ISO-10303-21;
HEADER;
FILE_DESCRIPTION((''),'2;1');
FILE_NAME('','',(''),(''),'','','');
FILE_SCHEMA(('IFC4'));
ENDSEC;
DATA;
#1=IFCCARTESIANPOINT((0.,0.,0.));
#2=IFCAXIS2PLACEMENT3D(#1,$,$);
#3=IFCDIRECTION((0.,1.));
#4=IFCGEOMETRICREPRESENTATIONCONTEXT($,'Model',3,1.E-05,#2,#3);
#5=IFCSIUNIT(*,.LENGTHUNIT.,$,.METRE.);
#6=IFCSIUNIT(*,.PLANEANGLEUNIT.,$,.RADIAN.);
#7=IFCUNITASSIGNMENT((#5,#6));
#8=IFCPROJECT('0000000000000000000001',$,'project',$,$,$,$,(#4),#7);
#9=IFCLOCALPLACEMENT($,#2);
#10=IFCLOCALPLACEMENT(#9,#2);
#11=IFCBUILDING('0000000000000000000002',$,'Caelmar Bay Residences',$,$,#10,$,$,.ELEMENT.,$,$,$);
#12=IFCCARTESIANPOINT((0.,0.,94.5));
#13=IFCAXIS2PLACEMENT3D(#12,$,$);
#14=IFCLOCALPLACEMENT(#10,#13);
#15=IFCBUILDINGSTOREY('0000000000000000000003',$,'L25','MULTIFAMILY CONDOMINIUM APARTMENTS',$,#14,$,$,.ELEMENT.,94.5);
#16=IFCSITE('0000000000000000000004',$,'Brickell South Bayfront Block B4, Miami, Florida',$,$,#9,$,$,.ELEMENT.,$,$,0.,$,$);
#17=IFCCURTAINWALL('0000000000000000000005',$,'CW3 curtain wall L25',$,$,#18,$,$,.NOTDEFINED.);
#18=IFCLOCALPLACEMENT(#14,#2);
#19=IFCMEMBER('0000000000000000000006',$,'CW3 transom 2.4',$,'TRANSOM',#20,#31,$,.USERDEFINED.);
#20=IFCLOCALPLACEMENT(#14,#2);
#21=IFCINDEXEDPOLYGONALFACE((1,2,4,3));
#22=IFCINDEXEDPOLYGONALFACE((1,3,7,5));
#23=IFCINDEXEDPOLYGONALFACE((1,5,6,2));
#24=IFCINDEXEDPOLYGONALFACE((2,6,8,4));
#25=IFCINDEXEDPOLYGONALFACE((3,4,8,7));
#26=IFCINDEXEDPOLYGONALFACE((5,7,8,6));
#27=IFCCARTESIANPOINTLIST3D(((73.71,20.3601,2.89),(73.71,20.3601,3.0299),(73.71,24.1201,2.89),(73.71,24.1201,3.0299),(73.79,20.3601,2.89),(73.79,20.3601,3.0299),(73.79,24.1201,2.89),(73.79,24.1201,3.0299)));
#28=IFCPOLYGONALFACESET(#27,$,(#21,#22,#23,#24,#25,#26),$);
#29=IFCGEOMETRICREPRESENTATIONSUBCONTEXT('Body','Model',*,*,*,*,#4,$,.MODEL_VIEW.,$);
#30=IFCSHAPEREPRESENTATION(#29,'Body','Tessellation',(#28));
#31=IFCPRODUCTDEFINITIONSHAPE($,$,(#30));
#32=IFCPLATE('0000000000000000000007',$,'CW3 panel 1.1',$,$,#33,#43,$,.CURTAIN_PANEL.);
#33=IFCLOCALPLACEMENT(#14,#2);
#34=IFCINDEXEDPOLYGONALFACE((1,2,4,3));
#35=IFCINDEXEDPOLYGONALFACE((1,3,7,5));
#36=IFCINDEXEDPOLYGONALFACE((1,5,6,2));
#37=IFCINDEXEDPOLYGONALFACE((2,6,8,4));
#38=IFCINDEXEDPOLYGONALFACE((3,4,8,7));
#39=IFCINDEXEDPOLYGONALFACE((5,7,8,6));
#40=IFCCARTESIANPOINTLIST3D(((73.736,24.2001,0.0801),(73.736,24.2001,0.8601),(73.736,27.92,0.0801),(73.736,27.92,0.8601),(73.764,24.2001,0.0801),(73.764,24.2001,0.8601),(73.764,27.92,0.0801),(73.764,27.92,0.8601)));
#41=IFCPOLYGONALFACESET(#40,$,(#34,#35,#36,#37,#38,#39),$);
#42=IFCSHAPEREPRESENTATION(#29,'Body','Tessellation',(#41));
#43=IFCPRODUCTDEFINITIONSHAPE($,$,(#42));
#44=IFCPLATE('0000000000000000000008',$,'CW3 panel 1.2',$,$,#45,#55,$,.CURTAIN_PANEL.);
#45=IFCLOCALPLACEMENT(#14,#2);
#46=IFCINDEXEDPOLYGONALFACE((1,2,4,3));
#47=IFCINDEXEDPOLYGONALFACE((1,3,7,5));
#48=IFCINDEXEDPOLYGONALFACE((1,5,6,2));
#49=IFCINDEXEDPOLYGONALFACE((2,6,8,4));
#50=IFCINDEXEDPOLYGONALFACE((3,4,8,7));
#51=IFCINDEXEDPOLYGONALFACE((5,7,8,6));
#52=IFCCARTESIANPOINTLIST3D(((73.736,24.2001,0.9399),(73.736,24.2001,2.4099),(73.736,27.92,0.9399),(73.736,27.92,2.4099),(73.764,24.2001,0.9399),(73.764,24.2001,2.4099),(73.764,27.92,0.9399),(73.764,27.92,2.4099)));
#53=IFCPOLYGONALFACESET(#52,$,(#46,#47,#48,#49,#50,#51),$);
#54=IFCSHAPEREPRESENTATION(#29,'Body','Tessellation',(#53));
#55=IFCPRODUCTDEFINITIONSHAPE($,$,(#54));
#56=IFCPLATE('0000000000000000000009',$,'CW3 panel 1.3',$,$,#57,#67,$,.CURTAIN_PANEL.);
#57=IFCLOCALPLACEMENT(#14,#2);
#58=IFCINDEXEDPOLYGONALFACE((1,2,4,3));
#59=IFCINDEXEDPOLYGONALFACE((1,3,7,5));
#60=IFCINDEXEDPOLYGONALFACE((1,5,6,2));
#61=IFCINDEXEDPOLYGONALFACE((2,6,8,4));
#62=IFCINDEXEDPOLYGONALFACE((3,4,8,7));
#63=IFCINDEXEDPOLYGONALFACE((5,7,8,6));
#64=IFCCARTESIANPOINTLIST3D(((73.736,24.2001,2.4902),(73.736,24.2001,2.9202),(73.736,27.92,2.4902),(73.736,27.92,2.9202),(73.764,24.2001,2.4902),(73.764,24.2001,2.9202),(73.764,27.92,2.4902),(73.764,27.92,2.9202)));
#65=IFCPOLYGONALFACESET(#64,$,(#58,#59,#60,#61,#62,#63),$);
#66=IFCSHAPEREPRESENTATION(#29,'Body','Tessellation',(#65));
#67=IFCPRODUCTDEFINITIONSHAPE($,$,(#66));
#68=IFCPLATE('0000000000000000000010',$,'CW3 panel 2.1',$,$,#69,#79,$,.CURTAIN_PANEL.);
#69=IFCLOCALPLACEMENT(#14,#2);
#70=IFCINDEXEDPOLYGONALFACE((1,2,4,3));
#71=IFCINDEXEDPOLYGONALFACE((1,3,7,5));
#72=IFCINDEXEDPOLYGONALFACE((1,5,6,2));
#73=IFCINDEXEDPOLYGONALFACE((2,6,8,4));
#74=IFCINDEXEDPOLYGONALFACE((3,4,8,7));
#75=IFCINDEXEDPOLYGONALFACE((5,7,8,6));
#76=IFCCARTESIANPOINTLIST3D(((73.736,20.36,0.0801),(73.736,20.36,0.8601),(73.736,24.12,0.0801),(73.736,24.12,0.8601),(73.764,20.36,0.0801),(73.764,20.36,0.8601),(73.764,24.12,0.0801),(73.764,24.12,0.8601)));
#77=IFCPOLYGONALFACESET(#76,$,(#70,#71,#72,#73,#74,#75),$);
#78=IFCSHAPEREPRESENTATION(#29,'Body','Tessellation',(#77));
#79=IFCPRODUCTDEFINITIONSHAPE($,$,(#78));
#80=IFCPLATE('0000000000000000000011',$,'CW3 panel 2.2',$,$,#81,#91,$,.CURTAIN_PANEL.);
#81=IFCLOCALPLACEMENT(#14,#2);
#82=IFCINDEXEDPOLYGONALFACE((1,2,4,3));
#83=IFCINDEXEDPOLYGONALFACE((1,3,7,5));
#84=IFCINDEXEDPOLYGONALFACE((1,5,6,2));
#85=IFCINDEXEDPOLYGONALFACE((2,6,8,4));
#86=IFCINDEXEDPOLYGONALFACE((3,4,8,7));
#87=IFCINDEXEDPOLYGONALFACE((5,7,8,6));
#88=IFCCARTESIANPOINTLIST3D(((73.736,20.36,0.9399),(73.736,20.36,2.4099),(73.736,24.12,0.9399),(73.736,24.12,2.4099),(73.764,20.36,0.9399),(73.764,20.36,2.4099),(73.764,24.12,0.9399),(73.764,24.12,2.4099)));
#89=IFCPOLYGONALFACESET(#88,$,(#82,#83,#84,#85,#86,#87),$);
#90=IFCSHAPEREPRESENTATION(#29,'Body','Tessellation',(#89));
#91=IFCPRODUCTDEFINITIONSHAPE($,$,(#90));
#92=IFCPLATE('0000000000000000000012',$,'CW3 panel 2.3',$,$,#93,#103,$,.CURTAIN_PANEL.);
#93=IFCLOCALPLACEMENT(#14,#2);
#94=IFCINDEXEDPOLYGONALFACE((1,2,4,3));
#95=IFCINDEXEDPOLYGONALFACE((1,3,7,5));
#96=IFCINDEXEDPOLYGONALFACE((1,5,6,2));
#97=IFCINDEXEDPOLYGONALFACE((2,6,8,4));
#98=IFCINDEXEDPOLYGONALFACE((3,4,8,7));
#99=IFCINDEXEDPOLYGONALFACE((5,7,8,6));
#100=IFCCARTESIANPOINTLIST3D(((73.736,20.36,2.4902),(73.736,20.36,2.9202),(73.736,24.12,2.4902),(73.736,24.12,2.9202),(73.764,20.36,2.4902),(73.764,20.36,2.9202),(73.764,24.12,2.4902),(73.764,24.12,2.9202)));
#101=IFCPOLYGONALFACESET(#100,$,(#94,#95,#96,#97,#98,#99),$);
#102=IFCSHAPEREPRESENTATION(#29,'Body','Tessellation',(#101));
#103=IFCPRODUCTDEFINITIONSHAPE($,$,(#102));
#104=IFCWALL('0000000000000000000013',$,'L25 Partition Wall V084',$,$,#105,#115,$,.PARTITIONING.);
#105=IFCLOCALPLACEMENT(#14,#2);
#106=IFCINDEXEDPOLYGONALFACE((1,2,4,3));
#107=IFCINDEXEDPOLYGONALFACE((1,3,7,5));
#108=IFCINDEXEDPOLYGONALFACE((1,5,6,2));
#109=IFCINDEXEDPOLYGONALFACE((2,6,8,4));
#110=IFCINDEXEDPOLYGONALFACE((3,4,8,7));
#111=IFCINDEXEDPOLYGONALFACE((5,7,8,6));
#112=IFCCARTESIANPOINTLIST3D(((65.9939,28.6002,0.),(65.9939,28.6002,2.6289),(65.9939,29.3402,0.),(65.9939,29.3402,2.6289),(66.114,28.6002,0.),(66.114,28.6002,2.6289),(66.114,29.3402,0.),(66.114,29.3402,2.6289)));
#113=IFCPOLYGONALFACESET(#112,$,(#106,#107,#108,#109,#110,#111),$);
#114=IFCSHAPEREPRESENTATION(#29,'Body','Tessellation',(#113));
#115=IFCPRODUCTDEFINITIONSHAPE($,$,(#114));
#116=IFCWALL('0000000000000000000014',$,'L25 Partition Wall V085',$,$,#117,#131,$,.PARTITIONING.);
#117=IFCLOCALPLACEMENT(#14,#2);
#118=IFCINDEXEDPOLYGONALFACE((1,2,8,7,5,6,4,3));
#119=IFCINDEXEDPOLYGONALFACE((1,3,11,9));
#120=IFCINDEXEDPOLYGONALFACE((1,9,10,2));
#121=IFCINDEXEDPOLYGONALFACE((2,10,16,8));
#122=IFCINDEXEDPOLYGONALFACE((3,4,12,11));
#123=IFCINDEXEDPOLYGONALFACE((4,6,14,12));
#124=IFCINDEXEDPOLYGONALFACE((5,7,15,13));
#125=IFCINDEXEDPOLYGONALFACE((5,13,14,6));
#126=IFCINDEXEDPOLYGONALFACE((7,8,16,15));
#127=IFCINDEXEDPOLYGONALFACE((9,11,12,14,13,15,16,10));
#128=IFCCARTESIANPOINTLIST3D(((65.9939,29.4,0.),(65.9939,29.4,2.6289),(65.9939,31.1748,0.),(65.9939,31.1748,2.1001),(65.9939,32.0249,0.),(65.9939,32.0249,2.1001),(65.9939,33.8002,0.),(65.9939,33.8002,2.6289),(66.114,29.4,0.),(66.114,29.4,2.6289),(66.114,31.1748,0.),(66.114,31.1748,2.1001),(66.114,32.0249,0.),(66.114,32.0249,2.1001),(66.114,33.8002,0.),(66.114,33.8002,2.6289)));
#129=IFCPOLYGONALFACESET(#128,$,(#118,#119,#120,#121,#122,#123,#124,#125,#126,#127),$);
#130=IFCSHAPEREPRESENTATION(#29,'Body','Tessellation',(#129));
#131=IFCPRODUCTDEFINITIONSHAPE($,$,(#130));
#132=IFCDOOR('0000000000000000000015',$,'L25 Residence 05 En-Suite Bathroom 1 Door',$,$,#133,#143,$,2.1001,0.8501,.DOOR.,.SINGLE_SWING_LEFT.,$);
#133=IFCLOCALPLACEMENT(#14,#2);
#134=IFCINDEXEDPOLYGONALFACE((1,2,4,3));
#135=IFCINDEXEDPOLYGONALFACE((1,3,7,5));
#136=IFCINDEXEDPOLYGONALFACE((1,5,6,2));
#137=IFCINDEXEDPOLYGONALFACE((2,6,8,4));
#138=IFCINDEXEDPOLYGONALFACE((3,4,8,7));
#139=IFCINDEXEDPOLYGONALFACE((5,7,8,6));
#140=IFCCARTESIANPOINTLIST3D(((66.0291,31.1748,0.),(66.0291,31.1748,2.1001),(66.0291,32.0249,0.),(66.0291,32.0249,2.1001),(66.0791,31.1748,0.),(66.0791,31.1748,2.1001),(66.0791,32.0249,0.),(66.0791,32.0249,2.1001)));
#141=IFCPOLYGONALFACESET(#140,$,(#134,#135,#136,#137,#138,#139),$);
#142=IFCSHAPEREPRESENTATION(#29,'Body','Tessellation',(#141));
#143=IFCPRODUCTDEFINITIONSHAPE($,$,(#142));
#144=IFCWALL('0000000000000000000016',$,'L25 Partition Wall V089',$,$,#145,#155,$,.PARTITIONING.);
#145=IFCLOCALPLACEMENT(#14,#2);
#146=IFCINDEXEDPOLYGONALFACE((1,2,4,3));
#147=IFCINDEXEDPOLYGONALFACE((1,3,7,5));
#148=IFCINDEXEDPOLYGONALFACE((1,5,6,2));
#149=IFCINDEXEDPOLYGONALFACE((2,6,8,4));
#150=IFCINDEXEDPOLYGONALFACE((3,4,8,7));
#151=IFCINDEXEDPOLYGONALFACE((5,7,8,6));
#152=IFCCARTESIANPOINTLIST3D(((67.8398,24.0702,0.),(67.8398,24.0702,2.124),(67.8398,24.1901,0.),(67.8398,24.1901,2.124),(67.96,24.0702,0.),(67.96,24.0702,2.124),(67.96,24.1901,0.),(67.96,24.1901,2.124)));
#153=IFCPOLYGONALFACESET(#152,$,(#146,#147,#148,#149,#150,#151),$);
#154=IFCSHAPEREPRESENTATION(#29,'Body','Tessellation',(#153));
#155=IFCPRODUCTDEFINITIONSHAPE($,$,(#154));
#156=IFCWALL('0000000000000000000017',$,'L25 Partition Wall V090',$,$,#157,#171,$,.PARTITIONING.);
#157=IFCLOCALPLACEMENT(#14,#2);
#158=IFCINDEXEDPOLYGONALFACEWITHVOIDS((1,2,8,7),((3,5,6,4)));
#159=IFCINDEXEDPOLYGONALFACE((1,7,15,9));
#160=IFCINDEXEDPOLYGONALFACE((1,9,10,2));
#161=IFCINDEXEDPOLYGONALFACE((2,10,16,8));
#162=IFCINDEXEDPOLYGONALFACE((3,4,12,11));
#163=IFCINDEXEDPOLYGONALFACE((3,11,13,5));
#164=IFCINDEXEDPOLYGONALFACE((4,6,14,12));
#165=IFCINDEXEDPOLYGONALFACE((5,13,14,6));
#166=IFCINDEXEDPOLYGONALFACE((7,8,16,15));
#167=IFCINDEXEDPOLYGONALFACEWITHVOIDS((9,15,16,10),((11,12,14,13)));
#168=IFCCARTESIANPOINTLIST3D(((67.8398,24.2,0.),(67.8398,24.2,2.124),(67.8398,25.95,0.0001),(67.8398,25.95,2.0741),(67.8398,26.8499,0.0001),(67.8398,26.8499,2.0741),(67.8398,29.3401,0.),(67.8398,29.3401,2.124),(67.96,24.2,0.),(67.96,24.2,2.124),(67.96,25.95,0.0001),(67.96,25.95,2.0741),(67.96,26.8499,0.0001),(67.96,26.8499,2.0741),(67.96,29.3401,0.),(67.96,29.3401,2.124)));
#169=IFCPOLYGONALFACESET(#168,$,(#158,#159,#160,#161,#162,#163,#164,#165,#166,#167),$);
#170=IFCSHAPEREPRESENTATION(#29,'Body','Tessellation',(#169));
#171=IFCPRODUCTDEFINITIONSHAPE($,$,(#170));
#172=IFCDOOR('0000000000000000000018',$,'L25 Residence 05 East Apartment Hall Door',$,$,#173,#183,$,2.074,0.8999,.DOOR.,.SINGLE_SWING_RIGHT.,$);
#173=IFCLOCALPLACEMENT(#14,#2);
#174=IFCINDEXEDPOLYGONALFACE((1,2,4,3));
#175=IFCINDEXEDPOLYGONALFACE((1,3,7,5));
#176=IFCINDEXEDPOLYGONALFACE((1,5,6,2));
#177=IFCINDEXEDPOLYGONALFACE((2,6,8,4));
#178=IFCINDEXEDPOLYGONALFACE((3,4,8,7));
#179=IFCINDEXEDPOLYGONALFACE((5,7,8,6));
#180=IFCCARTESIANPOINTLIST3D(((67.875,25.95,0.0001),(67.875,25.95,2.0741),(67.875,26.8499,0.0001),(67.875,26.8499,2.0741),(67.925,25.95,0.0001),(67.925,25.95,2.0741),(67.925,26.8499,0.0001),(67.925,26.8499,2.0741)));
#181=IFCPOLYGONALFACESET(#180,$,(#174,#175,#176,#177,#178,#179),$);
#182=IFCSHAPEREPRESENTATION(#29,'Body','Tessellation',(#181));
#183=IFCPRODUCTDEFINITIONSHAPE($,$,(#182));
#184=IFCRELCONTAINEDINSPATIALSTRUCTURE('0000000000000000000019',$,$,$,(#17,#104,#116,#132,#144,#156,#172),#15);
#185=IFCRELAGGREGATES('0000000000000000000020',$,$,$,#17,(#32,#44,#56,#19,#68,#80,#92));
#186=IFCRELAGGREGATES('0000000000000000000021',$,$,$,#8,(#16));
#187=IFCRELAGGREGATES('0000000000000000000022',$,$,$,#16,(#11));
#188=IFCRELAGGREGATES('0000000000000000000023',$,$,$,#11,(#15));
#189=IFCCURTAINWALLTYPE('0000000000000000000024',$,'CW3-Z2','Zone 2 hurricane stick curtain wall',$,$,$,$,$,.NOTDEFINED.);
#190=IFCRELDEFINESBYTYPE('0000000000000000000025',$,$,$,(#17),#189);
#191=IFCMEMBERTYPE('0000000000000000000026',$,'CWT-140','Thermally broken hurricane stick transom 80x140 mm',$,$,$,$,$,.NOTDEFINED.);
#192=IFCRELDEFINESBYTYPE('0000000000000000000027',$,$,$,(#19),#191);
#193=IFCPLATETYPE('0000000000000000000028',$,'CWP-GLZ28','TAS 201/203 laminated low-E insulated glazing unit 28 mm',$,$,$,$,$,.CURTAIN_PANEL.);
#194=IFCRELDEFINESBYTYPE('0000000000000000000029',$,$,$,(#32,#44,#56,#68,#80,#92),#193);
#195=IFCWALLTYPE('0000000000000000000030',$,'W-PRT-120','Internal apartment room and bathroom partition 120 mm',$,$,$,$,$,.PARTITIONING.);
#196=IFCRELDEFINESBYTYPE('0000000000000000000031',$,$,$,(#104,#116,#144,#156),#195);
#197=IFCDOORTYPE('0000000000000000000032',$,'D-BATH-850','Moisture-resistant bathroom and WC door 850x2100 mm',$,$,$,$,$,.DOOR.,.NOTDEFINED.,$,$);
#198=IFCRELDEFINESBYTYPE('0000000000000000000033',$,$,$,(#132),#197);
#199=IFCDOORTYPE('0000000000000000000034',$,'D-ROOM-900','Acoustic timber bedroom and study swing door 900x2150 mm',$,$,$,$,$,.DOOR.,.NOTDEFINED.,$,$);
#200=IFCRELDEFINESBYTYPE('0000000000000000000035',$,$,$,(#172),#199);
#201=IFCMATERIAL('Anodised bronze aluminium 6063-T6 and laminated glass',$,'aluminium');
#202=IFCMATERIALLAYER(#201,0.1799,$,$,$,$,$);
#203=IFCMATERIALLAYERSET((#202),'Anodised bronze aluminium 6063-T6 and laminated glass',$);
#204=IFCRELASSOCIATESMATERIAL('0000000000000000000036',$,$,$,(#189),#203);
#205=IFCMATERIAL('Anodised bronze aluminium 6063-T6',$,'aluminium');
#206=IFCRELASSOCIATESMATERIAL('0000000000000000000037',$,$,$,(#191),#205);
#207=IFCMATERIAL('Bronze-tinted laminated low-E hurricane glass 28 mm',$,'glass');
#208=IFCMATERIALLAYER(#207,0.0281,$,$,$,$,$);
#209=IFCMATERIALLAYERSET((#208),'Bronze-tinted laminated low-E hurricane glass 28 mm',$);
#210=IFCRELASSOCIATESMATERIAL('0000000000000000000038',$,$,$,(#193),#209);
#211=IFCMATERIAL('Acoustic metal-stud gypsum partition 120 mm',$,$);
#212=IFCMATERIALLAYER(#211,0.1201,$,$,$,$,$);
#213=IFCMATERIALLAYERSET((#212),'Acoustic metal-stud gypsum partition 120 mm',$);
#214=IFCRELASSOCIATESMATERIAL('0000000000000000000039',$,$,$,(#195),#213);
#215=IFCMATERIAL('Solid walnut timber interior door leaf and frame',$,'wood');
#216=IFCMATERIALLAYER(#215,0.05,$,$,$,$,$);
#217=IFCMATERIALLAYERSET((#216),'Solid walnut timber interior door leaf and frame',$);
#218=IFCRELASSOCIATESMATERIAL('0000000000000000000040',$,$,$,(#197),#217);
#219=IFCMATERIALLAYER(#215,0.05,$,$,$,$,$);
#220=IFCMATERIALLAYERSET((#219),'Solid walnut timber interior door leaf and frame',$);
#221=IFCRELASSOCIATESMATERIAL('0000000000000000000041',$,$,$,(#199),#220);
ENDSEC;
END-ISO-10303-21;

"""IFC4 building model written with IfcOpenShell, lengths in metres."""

from ifc_helpers import new_model, si_unit, direction, frame, frame_2d, origin, origin_2d, place, context, subcontext, project, spatial, rectangle, extrude, material, layer, layer_set, material_profile, profile_set, type_object, element, fill, aggregate, save


model = new_model("IFC4")

# Units and contexts
model_context = context("Model", 3, precision=1e-05, world=origin(), true_north=direction((0.0, 1.0)))
body_context = subcontext(model_context, "Body", "Model", "MODEL_VIEW")
ifc_project = project(units=[si_unit("LENGTHUNIT", "METRE"), si_unit("PLANEANGLEUNIT", "RADIAN")], contexts=[model_context])

# Site, building, storey
site_placement = place(None, origin())
site = spatial("IfcSite", under=ifc_project, at=site_placement, Name="Brickell South Bayfront Block B4, Miami, Florida", CompositionType="ELEMENT", RefElevation=0.0)
building_placement = place(site_placement, origin())
building = spatial("IfcBuilding", under=site, at=building_placement, Name="Caelmar Bay Residences", CompositionType="ELEMENT")
storey_placement = place(building_placement, frame((0.0, 0.0, 94.5)))
storey = spatial("IfcBuildingStorey", under=building, at=storey_placement, Name="L25", Description="MULTIFAMILY CONDOMINIUM APARTMENTS", CompositionType="ELEMENT", Elevation=94.5)

# Curtain wall, member, plates
ifc_material_1 = material(Name="Anodised bronze aluminium 6063-T6 and laminated glass", Category="aluminium")
ifc_layer_1 = layer(ifc_material_1, 0.1799)
ifc_layer_set_1 = layer_set([ifc_layer_1], Name="Anodised bronze aluminium 6063-T6 and laminated glass")
curtain_wall_type = type_object("IfcCurtainWallType", Name="CW3-Z2", Description="Zone 2 hurricane stick curtain wall", PredefinedType="NOTDEFINED", material=ifc_layer_set_1)
curtain_wall_placement = place(storey_placement, origin())
curtain_wall = element("IfcCurtainWall", 1, at=curtain_wall_placement, inside=storey, type_object=curtain_wall_type, Name="CW3 curtain wall L25", PredefinedType="NOTDEFINED")
ifc_material_2 = material(Name="Anodised bronze aluminium 6063-T6", Category="aluminium")
ifc_material_profile_1 = material_profile(ifc_material_2, rectangle(XDim=0.0801, YDim=0.1399, at=origin_2d()), Name="CWT-80X140")
ifc_profile_set_1 = profile_set([ifc_material_profile_1], Name="Anodised bronze aluminium 6063-T6")
member_type_1 = type_object("IfcMemberType", Name="CWT-140", Description="Thermally broken hurricane stick transom 80x140 mm", PredefinedType="NOTDEFINED", material=ifc_profile_set_1)
member_1_placement = place(storey_placement, frame((73.75, 24.1201, 2.96), z_axis=(0.0, -1.0, 0.0), x_axis=(1.0, 0.0, 0.0)))
member_1 = element("IfcMember", 2, at=member_1_placement, type_object=member_type_1, Name="CW3 transom 2.4", ObjectType="TRANSOM", PredefinedType="USERDEFINED", context=body_context, shape_type="SweptSolid", body=[
    extrude(rectangle(XDim=0.0801, YDim=0.1399, at=origin_2d()), origin(), (0.0, 0.0, 1.0), 3.76),
])
ifc_material_3 = material(Name="Bronze-tinted laminated low-E hurricane glass 28 mm", Category="glass")
ifc_layer_2 = layer(ifc_material_3, 0.0281)
ifc_layer_set_2 = layer_set([ifc_layer_2], Name="Bronze-tinted laminated low-E hurricane glass 28 mm")
plate_type = type_object("IfcPlateType", Name="CWP-GLZ28", Description="TAS 201/203 laminated low-E insulated glazing unit 28 mm", PredefinedType="CURTAIN_PANEL", material=ifc_layer_set_2)
plate_1_placement = place(storey_placement, frame((73.75, 26.0601, 0.0801), z_axis=(0.0, 0.0, 1.0), x_axis=(0.0, -1.0, 0.0)))
plate_1 = element("IfcPlate", 3, at=plate_1_placement, type_object=plate_type, Name="CW3 panel 1.1", PredefinedType="CURTAIN_PANEL", context=body_context, shape_type="SweptSolid", body=[
    extrude(rectangle(XDim=3.72, YDim=0.0281, at=origin_2d()), origin(), (0.0, 0.0, 1.0), 0.78),
])
plate_2_placement = place(storey_placement, frame((73.75, 26.0601, 0.9399), z_axis=(0.0, 0.0, 1.0), x_axis=(0.0, -1.0, 0.0)))
plate_2 = element("IfcPlate", 4, at=plate_2_placement, type_object=plate_type, Name="CW3 panel 1.2", PredefinedType="CURTAIN_PANEL", context=body_context, shape_type="SweptSolid", body=[
    extrude(rectangle(XDim=3.72, YDim=0.0281, at=origin_2d()), origin(), (0.0, 0.0, 1.0), 1.47),
])
plate_3_placement = place(storey_placement, frame((73.75, 26.0601, 2.4902), z_axis=(0.0, 0.0, 1.0), x_axis=(0.0, -1.0, 0.0)))
plate_3 = element("IfcPlate", 5, at=plate_3_placement, type_object=plate_type, Name="CW3 panel 1.3", PredefinedType="CURTAIN_PANEL", context=body_context, shape_type="SweptSolid", body=[
    extrude(rectangle(XDim=3.72, YDim=0.0281, at=origin_2d()), origin(), (0.0, 0.0, 1.0), 0.4299),
])
plate_4_placement = place(storey_placement, frame((73.75, 22.24, 0.0801), z_axis=(0.0, 0.0, 1.0), x_axis=(0.0, -1.0, 0.0)))
plate_4 = element("IfcPlate", 6, at=plate_4_placement, type_object=plate_type, Name="CW3 panel 2.1", PredefinedType="CURTAIN_PANEL", context=body_context, shape_type="SweptSolid", body=[
    extrude(rectangle(XDim=3.76, YDim=0.0281, at=origin_2d()), origin(), (0.0, 0.0, 1.0), 0.78),
])
plate_5_placement = place(storey_placement, frame((73.75, 22.24, 0.9399), z_axis=(0.0, 0.0, 1.0), x_axis=(0.0, -1.0, 0.0)))
plate_5 = element("IfcPlate", 7, at=plate_5_placement, type_object=plate_type, Name="CW3 panel 2.2", PredefinedType="CURTAIN_PANEL", context=body_context, shape_type="SweptSolid", body=[
    extrude(rectangle(XDim=3.76, YDim=0.0281, at=origin_2d()), origin(), (0.0, 0.0, 1.0), 1.47),
])
plate_6_placement = place(storey_placement, frame((73.75, 22.24, 2.4902), z_axis=(0.0, 0.0, 1.0), x_axis=(0.0, -1.0, 0.0)))
plate_6 = element("IfcPlate", 8, at=plate_6_placement, type_object=plate_type, Name="CW3 panel 2.3", PredefinedType="CURTAIN_PANEL", context=body_context, shape_type="SweptSolid", body=[
    extrude(rectangle(XDim=3.76, YDim=0.0281, at=origin_2d()), origin(), (0.0, 0.0, 1.0), 0.4299),
])
aggregate(curtain_wall, [plate_1, plate_2, plate_3, member_1, plate_4, plate_5, plate_6])

# Wall
ifc_material_4 = material(Name="Acoustic metal-stud gypsum partition 120 mm")
ifc_layer_3 = layer(ifc_material_4, 0.1201)
ifc_layer_set_3 = layer_set([ifc_layer_3], Name="Acoustic metal-stud gypsum partition 120 mm")
wall_type = type_object("IfcWallType", Name="W-PRT-120", Description="Internal apartment room and bathroom partition 120 mm", PredefinedType="PARTITIONING", material=ifc_layer_set_3)
wall_1_placement = place(storey_placement, frame((66.054, 28.6001, 0.0), z_axis=(0.0, 0.0, 1.0), x_axis=(0.0, 1.0, 0.0)))
element("IfcWall", 9, at=wall_1_placement, inside=storey, type_object=wall_type, Name="L25 Partition Wall V084", PredefinedType="PARTITIONING", context=body_context, shape_type="SweptSolid", body=[
    extrude(rectangle(XDim=0.74, YDim=0.1201, at=frame_2d((0.3701, 0.0))), origin(), (0.0, 0.0, 1.0), 2.6289),
])

# Wall, opening, door
wall_2_placement = place(storey_placement, frame((66.054, 29.3999, 0.0), z_axis=(0.0, 0.0, 1.0), x_axis=(0.0, 1.0, 0.0)))
wall_2 = element("IfcWall", 10, at=wall_2_placement, inside=storey, type_object=wall_type, Name="L25 Partition Wall V085", PredefinedType="PARTITIONING", context=body_context, shape_type="SweptSolid", body=[
    extrude(rectangle(XDim=4.4001, YDim=0.1201, at=frame_2d((2.2002, 0.0))), origin(), (0.0, 0.0, 1.0), 2.6289),
])
opening_1_placement = place(wall_2_placement, frame((1.7749, 0.0, 0.0)))
opening_1 = element("IfcOpeningElement", 11, at=opening_1_placement, cuts=wall_2, PredefinedType="OPENING", context=body_context, shape_type="SweptSolid", body=[
    extrude(rectangle(XDim=0.8501, YDim=2.1001, at=frame_2d((0.425, 1.05))), frame((0.0, 0.0701, 0.0), z_axis=(0.0, -1.0, 0.0), x_axis=(1.0, 0.0, 0.0)), (0.0, 0.0, 1.0), 0.1401),
])
ifc_material_5 = material(Name="Solid walnut timber interior door leaf and frame", Category="wood")
ifc_layer_4 = layer(ifc_material_5, 0.05)
ifc_layer_set_4 = layer_set([ifc_layer_4], Name="Solid walnut timber interior door leaf and frame")
door_type_1 = type_object("IfcDoorType", Name="D-BATH-850", Description="Moisture-resistant bathroom and WC door 850x2100 mm", OperationType="NOTDEFINED", PredefinedType="DOOR", material=ifc_layer_set_4)
door_1_placement = place(opening_1_placement, origin())
door_1 = element("IfcDoor", 12, at=door_1_placement, inside=storey, type_object=door_type_1, Name="L25 Residence 05 En-Suite Bathroom 1 Door", OperationType="SINGLE_SWING_LEFT", OverallHeight=2.1001, OverallWidth=0.8501, PredefinedType="DOOR", context=body_context, shape_type="SweptSolid", body=[
    extrude(rectangle(XDim=0.8501, YDim=2.1001, at=frame_2d((0.425, 1.05))), frame((0.0, 0.0249, 0.0), z_axis=(0.0, -1.0, 0.0), x_axis=(1.0, 0.0, 0.0)), (0.0, 0.0, 1.0), 0.05),
])
fill(opening_1, door_1)

# Wall
wall_3_placement = place(storey_placement, frame((67.8999, 24.0701, 0.0), z_axis=(0.0, 0.0, 1.0), x_axis=(0.0, 1.0, 0.0)))
element("IfcWall", 13, at=wall_3_placement, inside=storey, type_object=wall_type, Name="L25 Partition Wall V089", PredefinedType="PARTITIONING", context=body_context, shape_type="SweptSolid", body=[
    extrude(rectangle(XDim=0.1199, YDim=0.1201, at=frame_2d((0.0601, 0.0))), origin(), (0.0, 0.0, 1.0), 2.124),
])

# Wall, opening, door
wall_4_placement = place(storey_placement, frame((67.8999, 24.2, 0.0), z_axis=(0.0, 0.0, 1.0), x_axis=(0.0, 1.0, 0.0)))
wall_4 = element("IfcWall", 14, at=wall_4_placement, inside=storey, type_object=wall_type, Name="L25 Partition Wall V090", PredefinedType="PARTITIONING", context=body_context, shape_type="SweptSolid", body=[
    extrude(rectangle(XDim=5.1401, YDim=0.1201, at=frame_2d((2.5701, 0.0))), origin(), (0.0, 0.0, 1.0), 2.124),
])
opening_2_placement = place(wall_4_placement, frame((1.75, 0.0, 0.0)))
opening_2 = element("IfcOpeningElement", 15, at=opening_2_placement, cuts=wall_4, PredefinedType="OPENING", context=body_context, shape_type="SweptSolid", body=[
    extrude(rectangle(XDim=0.8999, YDim=2.074, at=frame_2d((0.45, 1.0371))), frame((0.0, 0.0701, 0.0), z_axis=(0.0, -1.0, 0.0), x_axis=(1.0, 0.0, 0.0)), (0.0, 0.0, 1.0), 0.1401),
])
ifc_layer_5 = layer(ifc_material_5, 0.05)
ifc_layer_set_5 = layer_set([ifc_layer_5], Name="Solid walnut timber interior door leaf and frame")
door_type_2 = type_object("IfcDoorType", Name="D-ROOM-900", Description="Acoustic timber bedroom and study swing door 900x2150 mm", OperationType="NOTDEFINED", PredefinedType="DOOR", material=ifc_layer_set_5)
door_2_placement = place(opening_2_placement, origin())
door_2 = element("IfcDoor", 16, at=door_2_placement, inside=storey, type_object=door_type_2, Name="L25 Residence 05 East Apartment Hall Door", OperationType="SINGLE_SWING_RIGHT", OverallHeight=2.074, OverallWidth=0.8999, PredefinedType="DOOR", context=body_context, shape_type="SweptSolid", body=[
    extrude(rectangle(XDim=0.8999, YDim=2.074, at=frame_2d((0.45, 1.0371))), frame((0.0, 0.0249, 0.0), z_axis=(0.0, -1.0, 0.0), x_axis=(1.0, 0.0, 0.0)), (0.0, 0.0, 1.0), 0.05),
])
fill(opening_2, door_2)

save(model, "model.ifc")
